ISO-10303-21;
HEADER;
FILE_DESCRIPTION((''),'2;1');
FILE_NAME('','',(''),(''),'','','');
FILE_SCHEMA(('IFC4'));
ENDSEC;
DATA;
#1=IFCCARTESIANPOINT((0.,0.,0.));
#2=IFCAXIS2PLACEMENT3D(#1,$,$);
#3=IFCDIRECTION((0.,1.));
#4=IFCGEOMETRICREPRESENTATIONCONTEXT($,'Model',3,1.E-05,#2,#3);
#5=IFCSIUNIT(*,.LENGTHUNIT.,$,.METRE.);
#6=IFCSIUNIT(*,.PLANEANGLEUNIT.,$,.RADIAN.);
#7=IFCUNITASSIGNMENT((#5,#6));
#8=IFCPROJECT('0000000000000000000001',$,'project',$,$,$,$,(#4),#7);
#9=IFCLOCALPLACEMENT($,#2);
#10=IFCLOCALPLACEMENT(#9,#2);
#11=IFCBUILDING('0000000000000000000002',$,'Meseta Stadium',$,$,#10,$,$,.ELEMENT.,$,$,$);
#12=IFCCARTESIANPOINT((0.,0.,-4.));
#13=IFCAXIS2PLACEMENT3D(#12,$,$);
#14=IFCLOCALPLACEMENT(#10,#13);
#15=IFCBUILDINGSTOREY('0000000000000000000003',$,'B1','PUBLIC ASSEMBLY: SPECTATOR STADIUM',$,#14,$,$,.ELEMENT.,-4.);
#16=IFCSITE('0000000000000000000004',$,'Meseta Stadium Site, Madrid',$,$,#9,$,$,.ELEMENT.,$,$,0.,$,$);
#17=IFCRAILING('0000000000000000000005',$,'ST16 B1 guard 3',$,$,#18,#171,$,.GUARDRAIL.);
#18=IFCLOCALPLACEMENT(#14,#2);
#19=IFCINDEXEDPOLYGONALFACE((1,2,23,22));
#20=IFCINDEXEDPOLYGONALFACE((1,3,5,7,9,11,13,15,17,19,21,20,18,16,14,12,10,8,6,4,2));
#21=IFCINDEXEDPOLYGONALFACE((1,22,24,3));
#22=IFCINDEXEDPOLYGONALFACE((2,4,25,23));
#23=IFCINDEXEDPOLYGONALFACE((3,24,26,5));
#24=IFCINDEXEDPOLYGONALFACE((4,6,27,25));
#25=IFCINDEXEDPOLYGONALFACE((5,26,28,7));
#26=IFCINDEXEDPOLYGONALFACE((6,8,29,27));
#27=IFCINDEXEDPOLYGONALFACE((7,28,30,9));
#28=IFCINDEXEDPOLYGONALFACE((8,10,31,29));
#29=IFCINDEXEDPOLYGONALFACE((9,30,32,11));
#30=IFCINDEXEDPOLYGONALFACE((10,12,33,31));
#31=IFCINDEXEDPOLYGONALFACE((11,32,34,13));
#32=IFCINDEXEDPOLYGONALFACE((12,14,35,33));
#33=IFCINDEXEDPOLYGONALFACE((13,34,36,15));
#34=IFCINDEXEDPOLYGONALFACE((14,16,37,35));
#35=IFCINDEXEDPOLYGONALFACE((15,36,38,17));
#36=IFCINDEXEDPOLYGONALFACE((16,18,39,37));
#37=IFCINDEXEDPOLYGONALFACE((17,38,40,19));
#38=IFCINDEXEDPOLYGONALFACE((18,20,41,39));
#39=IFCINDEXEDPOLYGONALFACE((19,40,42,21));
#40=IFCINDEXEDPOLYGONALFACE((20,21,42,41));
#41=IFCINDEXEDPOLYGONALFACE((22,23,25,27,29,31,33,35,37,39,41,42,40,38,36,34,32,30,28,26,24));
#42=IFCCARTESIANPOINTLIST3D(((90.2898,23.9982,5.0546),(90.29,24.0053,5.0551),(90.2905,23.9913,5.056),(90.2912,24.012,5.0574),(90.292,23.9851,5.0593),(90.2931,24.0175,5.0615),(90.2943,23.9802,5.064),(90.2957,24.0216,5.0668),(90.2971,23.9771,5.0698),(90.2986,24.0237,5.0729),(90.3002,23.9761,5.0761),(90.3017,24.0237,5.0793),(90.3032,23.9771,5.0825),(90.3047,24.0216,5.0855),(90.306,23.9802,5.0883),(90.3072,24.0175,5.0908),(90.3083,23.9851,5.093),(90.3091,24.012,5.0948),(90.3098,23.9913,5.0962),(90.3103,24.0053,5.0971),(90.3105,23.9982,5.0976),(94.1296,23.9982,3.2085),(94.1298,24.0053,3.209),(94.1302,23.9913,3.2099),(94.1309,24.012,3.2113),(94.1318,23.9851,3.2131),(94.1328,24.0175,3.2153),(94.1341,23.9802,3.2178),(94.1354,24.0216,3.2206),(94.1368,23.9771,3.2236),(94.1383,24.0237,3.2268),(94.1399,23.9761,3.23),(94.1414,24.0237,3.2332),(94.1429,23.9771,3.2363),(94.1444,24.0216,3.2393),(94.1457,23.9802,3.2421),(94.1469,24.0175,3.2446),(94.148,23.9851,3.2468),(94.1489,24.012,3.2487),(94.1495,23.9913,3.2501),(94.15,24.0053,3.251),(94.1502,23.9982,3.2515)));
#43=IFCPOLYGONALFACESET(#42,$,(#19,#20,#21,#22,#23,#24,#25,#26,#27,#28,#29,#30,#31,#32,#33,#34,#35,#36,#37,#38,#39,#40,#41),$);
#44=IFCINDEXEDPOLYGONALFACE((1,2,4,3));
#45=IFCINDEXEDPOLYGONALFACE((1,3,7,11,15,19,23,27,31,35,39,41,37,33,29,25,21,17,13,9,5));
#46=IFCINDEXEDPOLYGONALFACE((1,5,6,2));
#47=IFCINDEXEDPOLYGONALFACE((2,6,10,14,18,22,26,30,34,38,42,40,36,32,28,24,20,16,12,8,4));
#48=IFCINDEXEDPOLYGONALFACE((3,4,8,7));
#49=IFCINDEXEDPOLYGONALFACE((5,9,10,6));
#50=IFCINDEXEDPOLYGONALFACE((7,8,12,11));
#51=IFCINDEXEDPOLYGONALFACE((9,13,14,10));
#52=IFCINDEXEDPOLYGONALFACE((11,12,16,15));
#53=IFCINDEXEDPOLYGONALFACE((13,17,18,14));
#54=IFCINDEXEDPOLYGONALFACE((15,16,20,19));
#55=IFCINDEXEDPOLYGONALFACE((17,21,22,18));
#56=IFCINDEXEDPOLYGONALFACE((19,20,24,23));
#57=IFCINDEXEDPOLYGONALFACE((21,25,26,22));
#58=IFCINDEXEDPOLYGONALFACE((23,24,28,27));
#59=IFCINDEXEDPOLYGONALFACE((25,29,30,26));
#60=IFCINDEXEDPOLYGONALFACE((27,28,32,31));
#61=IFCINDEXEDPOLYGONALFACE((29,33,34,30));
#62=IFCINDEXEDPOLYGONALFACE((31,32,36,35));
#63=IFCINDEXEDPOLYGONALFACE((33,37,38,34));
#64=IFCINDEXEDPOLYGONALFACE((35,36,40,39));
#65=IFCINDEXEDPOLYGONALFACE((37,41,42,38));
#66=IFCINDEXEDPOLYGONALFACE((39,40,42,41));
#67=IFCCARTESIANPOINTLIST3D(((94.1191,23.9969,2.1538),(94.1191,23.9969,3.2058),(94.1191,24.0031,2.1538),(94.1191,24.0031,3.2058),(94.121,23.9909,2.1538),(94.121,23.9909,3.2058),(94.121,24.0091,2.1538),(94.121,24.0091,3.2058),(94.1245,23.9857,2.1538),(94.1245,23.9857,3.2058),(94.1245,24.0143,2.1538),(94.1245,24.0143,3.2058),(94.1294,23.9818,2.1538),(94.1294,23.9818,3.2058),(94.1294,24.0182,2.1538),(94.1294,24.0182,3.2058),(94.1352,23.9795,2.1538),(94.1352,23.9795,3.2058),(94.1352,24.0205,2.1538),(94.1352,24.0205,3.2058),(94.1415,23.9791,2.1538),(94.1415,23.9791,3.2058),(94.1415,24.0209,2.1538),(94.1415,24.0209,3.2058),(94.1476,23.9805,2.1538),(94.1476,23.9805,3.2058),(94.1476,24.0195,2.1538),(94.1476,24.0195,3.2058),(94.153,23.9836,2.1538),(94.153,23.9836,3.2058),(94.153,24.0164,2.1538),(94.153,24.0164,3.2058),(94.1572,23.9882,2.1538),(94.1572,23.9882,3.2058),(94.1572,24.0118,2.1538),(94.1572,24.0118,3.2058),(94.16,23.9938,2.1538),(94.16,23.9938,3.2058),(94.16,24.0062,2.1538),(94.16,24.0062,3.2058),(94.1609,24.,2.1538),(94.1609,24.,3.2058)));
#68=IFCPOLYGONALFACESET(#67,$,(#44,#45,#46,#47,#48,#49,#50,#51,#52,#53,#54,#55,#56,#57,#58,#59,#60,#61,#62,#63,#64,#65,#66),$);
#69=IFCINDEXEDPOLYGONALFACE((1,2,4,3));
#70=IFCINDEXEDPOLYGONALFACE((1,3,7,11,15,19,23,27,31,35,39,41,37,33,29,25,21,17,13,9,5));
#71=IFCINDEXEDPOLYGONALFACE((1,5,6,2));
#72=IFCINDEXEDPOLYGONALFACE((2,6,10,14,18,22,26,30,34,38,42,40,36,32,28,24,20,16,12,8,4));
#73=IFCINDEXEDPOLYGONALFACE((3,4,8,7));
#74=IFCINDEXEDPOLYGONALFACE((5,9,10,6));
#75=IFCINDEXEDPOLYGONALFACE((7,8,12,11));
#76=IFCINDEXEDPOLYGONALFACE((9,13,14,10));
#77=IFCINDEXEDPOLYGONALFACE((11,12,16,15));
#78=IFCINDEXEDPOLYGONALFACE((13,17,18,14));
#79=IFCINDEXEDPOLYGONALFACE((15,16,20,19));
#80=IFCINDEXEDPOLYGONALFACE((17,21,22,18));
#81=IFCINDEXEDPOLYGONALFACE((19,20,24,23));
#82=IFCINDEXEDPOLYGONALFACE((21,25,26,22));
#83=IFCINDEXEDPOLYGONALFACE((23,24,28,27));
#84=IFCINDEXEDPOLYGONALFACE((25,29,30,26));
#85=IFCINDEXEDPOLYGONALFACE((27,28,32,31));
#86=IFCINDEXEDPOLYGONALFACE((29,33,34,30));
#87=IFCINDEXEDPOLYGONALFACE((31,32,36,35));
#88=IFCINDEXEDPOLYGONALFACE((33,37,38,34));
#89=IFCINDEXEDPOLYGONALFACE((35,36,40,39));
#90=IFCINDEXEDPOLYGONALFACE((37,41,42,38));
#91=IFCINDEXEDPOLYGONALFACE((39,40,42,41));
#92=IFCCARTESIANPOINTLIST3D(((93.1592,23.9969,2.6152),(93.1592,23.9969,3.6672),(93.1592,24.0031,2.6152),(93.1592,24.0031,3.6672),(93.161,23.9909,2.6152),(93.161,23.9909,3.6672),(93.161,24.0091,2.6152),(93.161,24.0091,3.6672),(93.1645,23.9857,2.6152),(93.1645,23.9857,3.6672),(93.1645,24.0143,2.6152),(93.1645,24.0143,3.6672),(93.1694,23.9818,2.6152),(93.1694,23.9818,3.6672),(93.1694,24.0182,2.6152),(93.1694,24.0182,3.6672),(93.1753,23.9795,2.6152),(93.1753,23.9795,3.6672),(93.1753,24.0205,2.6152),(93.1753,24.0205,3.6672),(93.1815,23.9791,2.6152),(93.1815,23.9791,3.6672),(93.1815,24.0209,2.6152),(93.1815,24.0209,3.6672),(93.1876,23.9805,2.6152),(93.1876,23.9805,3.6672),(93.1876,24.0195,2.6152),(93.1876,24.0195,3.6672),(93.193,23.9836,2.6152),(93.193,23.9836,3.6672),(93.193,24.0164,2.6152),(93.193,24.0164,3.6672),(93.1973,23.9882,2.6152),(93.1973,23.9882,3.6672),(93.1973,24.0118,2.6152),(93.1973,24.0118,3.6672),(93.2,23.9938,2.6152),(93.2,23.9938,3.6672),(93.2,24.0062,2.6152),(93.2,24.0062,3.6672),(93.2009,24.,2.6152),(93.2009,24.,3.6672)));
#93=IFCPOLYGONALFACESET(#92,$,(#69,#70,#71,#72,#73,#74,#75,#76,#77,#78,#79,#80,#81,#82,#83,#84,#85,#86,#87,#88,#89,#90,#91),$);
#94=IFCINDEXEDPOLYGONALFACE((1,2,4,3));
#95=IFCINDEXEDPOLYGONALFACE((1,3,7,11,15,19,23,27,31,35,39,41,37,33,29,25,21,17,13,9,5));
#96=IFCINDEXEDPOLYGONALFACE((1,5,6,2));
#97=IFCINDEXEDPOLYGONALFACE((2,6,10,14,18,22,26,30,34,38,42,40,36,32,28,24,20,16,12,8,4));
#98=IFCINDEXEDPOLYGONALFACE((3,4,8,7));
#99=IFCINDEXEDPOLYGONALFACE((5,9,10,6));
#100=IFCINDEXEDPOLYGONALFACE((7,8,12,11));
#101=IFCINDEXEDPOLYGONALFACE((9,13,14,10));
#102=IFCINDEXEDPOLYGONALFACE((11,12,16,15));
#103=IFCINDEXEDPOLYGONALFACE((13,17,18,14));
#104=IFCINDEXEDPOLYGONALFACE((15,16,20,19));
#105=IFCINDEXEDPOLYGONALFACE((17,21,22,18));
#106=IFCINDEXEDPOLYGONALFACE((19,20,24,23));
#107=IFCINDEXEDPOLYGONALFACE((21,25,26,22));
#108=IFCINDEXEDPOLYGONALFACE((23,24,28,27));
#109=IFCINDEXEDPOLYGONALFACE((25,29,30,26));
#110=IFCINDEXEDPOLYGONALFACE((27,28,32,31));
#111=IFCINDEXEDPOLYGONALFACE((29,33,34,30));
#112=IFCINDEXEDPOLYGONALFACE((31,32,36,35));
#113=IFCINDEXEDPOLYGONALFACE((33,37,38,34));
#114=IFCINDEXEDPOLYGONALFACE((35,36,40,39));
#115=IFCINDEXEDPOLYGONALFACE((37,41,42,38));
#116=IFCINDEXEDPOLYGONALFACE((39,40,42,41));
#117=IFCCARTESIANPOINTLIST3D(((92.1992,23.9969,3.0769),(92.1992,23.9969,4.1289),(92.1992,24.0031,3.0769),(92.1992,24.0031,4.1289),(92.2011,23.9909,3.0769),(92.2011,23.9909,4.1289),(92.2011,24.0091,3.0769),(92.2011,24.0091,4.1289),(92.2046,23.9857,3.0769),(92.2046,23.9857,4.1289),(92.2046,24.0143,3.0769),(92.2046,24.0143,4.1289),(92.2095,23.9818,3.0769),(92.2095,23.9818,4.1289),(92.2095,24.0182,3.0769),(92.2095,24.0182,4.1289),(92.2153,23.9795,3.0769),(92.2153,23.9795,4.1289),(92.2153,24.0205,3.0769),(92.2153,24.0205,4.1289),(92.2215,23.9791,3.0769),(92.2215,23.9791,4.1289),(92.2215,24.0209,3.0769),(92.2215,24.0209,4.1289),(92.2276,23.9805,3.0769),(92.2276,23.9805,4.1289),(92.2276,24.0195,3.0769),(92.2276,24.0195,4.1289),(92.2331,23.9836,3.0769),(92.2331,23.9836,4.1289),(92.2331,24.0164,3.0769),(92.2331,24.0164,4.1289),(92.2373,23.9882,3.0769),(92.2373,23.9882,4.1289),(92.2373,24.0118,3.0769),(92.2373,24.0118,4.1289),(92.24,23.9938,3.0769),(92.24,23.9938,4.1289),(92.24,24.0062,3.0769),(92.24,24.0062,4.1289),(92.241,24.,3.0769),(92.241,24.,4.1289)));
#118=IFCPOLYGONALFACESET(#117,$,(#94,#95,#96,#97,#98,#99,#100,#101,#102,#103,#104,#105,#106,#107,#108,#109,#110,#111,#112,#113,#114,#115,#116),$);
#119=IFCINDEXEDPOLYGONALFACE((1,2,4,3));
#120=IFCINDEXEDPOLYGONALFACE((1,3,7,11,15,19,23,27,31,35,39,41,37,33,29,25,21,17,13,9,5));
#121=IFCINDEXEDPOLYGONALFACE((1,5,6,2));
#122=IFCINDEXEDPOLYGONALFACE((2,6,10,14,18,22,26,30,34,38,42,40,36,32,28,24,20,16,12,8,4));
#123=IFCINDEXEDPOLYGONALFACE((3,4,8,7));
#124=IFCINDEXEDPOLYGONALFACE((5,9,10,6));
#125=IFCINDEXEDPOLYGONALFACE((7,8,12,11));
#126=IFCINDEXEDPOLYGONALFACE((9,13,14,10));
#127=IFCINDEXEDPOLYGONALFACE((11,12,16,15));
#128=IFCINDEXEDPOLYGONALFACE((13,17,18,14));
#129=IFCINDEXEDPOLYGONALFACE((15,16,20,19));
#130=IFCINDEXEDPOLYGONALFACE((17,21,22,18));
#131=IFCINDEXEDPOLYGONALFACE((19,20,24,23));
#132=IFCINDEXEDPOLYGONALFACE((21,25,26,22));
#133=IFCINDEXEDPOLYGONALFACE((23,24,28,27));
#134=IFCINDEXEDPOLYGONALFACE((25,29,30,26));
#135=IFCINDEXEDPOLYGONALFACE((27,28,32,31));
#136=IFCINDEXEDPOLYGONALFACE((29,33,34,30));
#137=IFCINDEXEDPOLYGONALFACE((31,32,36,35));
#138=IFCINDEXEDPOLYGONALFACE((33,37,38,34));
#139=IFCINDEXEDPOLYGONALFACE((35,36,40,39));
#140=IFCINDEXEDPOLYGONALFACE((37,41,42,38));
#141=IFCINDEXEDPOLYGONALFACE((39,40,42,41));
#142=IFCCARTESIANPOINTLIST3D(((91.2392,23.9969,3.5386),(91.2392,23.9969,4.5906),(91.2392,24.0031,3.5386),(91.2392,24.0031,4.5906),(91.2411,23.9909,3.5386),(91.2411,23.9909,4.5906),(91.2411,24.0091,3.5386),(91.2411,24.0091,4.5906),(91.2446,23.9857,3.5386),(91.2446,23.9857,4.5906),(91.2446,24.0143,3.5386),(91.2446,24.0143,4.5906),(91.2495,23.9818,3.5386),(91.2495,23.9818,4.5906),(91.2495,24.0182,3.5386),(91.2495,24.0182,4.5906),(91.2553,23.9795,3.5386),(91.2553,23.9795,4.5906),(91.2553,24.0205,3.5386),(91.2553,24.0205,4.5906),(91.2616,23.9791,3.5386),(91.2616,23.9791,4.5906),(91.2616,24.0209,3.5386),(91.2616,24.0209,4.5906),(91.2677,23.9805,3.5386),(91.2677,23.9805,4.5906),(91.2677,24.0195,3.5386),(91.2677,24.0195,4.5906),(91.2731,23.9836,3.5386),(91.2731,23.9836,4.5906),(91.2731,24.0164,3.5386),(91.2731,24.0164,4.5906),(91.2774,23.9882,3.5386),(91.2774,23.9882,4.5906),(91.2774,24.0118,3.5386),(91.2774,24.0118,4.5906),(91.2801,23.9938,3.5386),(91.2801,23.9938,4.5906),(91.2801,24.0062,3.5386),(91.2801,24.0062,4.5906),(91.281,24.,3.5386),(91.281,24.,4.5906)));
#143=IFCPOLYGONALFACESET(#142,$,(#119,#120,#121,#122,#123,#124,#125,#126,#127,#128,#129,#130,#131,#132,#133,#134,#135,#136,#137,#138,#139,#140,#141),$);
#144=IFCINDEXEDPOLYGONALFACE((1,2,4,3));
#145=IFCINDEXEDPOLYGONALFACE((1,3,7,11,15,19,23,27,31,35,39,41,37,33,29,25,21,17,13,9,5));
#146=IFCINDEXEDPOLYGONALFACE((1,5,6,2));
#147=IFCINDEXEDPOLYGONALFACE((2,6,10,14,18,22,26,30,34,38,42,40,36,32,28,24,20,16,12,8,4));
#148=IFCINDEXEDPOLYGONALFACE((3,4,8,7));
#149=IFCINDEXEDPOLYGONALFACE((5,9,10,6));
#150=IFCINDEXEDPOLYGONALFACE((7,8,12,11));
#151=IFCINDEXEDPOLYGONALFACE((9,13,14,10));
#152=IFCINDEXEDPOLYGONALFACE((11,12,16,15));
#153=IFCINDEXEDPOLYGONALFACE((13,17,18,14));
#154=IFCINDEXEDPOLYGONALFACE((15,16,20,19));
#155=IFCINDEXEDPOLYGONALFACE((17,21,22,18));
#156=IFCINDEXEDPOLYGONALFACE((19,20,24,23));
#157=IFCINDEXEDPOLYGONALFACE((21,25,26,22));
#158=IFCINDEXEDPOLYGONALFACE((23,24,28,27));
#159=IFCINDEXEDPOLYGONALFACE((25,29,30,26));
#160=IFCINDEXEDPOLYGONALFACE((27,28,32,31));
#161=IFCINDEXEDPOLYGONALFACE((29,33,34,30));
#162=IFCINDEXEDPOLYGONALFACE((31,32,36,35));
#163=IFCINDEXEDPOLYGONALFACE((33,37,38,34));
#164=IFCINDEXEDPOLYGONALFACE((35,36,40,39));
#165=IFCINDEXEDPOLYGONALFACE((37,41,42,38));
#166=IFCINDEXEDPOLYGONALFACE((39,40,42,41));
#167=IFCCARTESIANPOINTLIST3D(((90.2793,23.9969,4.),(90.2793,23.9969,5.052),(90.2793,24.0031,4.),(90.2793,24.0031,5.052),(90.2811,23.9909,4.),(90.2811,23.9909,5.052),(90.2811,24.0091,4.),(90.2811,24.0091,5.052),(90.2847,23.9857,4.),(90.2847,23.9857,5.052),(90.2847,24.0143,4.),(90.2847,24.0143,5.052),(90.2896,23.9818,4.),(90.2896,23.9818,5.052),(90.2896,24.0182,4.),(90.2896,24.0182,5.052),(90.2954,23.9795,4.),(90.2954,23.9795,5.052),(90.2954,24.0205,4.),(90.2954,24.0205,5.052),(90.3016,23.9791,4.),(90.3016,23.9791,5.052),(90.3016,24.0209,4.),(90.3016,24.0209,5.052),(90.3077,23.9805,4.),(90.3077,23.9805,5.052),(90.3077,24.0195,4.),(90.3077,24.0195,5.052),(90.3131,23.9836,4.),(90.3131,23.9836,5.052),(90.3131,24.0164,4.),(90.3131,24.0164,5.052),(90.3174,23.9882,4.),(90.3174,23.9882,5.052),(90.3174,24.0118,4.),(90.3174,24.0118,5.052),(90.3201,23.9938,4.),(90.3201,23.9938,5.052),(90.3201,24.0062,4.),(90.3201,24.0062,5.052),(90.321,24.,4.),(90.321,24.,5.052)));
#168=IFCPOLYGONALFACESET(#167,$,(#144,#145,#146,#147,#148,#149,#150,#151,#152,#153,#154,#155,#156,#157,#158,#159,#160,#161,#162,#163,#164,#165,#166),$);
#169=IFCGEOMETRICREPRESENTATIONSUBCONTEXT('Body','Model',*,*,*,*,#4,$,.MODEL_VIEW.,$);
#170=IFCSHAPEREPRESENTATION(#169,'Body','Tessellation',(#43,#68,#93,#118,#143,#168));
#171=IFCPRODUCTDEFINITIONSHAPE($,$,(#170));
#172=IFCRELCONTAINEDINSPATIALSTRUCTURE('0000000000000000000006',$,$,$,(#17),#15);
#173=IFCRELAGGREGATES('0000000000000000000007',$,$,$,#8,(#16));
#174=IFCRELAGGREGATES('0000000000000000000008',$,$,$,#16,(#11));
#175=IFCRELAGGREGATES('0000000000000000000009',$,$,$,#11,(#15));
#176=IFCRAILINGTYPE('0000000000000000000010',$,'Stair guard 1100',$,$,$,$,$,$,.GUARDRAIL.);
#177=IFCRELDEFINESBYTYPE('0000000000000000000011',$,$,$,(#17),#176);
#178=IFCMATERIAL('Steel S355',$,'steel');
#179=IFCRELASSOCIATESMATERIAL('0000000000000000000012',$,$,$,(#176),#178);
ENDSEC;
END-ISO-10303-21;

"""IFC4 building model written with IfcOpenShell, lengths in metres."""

from ifc_helpers import new_model, si_unit, direction, frame, origin, origin_2d, place, context, subcontext, project, spatial, circle, extrude, material, type_object, element, save


model = new_model("IFC4")

# Units and contexts
model_context = context("Model", 3, precision=1e-05, world=origin(), true_north=direction((0.0, 1.0)))
body_context = subcontext(model_context, "Body", "Model", "MODEL_VIEW")
ifc_project = project(units=[si_unit("LENGTHUNIT", "METRE"), si_unit("PLANEANGLEUNIT", "RADIAN")], contexts=[model_context])

# Site, building, storey
site_placement = place(None, origin())
site = spatial("IfcSite", under=ifc_project, at=site_placement, Name="Meseta Stadium Site, Madrid", CompositionType="ELEMENT", RefElevation=0.0)
building_placement = place(site_placement, origin())
building = spatial("IfcBuilding", under=site, at=building_placement, Name="Meseta Stadium", CompositionType="ELEMENT")
storey_placement = place(building_placement, frame((0.0, 0.0, -4.0)))
storey = spatial("IfcBuildingStorey", under=building, at=storey_placement, Name="B1", Description="PUBLIC ASSEMBLY: SPECTATOR STADIUM", CompositionType="ELEMENT", Elevation=-4.0)

# Railing
ifc_material_1 = material(Name="Steel S355", Category="steel")
railing_type_1 = type_object("IfcRailingType", Name="Stair guard 1100", PredefinedType="GUARDRAIL", material=ifc_material_1)
railing_1_placement = place(storey_placement, frame((94.1399, 24.0, 2.1538)))
element("IfcRailing", 1, at=railing_1_placement, inside=storey, type_object=railing_type_1, Name="ST16 B1 guard 3", PredefinedType="GUARDRAIL", context=body_context, shape_type="SweptSolid", body=[
    extrude(circle(Radius=0.0239, at=origin_2d()), frame((0.0, 0.0, 1.0762), z_axis=(-0.901242, 0.0, 0.433316), x_axis=(0.0, -1.0, 0.0)), (0.0, 0.0, 1.0), 4.2605),
    extrude(circle(Radius=0.021, at=origin_2d()), origin(), (0.0, 0.0, 1.0), 1.052),
    extrude(circle(Radius=0.021, at=origin_2d()), frame((-0.96, 0.0, 0.4614)), (0.0, 0.0, 1.0), 1.052),
    extrude(circle(Radius=0.021, at=origin_2d()), frame((-1.9199, 0.0, 0.9231)), (0.0, 0.0, 1.0), 1.052),
    extrude(circle(Radius=0.021, at=origin_2d()), frame((-2.8799, 0.0, 1.3848)), (0.0, 0.0, 1.0), 1.052),
    extrude(circle(Radius=0.021, at=origin_2d()), frame((-3.8398, 0.0, 1.8462)), (0.0, 0.0, 1.0), 1.052),
])

save(model, "model.ifc")
